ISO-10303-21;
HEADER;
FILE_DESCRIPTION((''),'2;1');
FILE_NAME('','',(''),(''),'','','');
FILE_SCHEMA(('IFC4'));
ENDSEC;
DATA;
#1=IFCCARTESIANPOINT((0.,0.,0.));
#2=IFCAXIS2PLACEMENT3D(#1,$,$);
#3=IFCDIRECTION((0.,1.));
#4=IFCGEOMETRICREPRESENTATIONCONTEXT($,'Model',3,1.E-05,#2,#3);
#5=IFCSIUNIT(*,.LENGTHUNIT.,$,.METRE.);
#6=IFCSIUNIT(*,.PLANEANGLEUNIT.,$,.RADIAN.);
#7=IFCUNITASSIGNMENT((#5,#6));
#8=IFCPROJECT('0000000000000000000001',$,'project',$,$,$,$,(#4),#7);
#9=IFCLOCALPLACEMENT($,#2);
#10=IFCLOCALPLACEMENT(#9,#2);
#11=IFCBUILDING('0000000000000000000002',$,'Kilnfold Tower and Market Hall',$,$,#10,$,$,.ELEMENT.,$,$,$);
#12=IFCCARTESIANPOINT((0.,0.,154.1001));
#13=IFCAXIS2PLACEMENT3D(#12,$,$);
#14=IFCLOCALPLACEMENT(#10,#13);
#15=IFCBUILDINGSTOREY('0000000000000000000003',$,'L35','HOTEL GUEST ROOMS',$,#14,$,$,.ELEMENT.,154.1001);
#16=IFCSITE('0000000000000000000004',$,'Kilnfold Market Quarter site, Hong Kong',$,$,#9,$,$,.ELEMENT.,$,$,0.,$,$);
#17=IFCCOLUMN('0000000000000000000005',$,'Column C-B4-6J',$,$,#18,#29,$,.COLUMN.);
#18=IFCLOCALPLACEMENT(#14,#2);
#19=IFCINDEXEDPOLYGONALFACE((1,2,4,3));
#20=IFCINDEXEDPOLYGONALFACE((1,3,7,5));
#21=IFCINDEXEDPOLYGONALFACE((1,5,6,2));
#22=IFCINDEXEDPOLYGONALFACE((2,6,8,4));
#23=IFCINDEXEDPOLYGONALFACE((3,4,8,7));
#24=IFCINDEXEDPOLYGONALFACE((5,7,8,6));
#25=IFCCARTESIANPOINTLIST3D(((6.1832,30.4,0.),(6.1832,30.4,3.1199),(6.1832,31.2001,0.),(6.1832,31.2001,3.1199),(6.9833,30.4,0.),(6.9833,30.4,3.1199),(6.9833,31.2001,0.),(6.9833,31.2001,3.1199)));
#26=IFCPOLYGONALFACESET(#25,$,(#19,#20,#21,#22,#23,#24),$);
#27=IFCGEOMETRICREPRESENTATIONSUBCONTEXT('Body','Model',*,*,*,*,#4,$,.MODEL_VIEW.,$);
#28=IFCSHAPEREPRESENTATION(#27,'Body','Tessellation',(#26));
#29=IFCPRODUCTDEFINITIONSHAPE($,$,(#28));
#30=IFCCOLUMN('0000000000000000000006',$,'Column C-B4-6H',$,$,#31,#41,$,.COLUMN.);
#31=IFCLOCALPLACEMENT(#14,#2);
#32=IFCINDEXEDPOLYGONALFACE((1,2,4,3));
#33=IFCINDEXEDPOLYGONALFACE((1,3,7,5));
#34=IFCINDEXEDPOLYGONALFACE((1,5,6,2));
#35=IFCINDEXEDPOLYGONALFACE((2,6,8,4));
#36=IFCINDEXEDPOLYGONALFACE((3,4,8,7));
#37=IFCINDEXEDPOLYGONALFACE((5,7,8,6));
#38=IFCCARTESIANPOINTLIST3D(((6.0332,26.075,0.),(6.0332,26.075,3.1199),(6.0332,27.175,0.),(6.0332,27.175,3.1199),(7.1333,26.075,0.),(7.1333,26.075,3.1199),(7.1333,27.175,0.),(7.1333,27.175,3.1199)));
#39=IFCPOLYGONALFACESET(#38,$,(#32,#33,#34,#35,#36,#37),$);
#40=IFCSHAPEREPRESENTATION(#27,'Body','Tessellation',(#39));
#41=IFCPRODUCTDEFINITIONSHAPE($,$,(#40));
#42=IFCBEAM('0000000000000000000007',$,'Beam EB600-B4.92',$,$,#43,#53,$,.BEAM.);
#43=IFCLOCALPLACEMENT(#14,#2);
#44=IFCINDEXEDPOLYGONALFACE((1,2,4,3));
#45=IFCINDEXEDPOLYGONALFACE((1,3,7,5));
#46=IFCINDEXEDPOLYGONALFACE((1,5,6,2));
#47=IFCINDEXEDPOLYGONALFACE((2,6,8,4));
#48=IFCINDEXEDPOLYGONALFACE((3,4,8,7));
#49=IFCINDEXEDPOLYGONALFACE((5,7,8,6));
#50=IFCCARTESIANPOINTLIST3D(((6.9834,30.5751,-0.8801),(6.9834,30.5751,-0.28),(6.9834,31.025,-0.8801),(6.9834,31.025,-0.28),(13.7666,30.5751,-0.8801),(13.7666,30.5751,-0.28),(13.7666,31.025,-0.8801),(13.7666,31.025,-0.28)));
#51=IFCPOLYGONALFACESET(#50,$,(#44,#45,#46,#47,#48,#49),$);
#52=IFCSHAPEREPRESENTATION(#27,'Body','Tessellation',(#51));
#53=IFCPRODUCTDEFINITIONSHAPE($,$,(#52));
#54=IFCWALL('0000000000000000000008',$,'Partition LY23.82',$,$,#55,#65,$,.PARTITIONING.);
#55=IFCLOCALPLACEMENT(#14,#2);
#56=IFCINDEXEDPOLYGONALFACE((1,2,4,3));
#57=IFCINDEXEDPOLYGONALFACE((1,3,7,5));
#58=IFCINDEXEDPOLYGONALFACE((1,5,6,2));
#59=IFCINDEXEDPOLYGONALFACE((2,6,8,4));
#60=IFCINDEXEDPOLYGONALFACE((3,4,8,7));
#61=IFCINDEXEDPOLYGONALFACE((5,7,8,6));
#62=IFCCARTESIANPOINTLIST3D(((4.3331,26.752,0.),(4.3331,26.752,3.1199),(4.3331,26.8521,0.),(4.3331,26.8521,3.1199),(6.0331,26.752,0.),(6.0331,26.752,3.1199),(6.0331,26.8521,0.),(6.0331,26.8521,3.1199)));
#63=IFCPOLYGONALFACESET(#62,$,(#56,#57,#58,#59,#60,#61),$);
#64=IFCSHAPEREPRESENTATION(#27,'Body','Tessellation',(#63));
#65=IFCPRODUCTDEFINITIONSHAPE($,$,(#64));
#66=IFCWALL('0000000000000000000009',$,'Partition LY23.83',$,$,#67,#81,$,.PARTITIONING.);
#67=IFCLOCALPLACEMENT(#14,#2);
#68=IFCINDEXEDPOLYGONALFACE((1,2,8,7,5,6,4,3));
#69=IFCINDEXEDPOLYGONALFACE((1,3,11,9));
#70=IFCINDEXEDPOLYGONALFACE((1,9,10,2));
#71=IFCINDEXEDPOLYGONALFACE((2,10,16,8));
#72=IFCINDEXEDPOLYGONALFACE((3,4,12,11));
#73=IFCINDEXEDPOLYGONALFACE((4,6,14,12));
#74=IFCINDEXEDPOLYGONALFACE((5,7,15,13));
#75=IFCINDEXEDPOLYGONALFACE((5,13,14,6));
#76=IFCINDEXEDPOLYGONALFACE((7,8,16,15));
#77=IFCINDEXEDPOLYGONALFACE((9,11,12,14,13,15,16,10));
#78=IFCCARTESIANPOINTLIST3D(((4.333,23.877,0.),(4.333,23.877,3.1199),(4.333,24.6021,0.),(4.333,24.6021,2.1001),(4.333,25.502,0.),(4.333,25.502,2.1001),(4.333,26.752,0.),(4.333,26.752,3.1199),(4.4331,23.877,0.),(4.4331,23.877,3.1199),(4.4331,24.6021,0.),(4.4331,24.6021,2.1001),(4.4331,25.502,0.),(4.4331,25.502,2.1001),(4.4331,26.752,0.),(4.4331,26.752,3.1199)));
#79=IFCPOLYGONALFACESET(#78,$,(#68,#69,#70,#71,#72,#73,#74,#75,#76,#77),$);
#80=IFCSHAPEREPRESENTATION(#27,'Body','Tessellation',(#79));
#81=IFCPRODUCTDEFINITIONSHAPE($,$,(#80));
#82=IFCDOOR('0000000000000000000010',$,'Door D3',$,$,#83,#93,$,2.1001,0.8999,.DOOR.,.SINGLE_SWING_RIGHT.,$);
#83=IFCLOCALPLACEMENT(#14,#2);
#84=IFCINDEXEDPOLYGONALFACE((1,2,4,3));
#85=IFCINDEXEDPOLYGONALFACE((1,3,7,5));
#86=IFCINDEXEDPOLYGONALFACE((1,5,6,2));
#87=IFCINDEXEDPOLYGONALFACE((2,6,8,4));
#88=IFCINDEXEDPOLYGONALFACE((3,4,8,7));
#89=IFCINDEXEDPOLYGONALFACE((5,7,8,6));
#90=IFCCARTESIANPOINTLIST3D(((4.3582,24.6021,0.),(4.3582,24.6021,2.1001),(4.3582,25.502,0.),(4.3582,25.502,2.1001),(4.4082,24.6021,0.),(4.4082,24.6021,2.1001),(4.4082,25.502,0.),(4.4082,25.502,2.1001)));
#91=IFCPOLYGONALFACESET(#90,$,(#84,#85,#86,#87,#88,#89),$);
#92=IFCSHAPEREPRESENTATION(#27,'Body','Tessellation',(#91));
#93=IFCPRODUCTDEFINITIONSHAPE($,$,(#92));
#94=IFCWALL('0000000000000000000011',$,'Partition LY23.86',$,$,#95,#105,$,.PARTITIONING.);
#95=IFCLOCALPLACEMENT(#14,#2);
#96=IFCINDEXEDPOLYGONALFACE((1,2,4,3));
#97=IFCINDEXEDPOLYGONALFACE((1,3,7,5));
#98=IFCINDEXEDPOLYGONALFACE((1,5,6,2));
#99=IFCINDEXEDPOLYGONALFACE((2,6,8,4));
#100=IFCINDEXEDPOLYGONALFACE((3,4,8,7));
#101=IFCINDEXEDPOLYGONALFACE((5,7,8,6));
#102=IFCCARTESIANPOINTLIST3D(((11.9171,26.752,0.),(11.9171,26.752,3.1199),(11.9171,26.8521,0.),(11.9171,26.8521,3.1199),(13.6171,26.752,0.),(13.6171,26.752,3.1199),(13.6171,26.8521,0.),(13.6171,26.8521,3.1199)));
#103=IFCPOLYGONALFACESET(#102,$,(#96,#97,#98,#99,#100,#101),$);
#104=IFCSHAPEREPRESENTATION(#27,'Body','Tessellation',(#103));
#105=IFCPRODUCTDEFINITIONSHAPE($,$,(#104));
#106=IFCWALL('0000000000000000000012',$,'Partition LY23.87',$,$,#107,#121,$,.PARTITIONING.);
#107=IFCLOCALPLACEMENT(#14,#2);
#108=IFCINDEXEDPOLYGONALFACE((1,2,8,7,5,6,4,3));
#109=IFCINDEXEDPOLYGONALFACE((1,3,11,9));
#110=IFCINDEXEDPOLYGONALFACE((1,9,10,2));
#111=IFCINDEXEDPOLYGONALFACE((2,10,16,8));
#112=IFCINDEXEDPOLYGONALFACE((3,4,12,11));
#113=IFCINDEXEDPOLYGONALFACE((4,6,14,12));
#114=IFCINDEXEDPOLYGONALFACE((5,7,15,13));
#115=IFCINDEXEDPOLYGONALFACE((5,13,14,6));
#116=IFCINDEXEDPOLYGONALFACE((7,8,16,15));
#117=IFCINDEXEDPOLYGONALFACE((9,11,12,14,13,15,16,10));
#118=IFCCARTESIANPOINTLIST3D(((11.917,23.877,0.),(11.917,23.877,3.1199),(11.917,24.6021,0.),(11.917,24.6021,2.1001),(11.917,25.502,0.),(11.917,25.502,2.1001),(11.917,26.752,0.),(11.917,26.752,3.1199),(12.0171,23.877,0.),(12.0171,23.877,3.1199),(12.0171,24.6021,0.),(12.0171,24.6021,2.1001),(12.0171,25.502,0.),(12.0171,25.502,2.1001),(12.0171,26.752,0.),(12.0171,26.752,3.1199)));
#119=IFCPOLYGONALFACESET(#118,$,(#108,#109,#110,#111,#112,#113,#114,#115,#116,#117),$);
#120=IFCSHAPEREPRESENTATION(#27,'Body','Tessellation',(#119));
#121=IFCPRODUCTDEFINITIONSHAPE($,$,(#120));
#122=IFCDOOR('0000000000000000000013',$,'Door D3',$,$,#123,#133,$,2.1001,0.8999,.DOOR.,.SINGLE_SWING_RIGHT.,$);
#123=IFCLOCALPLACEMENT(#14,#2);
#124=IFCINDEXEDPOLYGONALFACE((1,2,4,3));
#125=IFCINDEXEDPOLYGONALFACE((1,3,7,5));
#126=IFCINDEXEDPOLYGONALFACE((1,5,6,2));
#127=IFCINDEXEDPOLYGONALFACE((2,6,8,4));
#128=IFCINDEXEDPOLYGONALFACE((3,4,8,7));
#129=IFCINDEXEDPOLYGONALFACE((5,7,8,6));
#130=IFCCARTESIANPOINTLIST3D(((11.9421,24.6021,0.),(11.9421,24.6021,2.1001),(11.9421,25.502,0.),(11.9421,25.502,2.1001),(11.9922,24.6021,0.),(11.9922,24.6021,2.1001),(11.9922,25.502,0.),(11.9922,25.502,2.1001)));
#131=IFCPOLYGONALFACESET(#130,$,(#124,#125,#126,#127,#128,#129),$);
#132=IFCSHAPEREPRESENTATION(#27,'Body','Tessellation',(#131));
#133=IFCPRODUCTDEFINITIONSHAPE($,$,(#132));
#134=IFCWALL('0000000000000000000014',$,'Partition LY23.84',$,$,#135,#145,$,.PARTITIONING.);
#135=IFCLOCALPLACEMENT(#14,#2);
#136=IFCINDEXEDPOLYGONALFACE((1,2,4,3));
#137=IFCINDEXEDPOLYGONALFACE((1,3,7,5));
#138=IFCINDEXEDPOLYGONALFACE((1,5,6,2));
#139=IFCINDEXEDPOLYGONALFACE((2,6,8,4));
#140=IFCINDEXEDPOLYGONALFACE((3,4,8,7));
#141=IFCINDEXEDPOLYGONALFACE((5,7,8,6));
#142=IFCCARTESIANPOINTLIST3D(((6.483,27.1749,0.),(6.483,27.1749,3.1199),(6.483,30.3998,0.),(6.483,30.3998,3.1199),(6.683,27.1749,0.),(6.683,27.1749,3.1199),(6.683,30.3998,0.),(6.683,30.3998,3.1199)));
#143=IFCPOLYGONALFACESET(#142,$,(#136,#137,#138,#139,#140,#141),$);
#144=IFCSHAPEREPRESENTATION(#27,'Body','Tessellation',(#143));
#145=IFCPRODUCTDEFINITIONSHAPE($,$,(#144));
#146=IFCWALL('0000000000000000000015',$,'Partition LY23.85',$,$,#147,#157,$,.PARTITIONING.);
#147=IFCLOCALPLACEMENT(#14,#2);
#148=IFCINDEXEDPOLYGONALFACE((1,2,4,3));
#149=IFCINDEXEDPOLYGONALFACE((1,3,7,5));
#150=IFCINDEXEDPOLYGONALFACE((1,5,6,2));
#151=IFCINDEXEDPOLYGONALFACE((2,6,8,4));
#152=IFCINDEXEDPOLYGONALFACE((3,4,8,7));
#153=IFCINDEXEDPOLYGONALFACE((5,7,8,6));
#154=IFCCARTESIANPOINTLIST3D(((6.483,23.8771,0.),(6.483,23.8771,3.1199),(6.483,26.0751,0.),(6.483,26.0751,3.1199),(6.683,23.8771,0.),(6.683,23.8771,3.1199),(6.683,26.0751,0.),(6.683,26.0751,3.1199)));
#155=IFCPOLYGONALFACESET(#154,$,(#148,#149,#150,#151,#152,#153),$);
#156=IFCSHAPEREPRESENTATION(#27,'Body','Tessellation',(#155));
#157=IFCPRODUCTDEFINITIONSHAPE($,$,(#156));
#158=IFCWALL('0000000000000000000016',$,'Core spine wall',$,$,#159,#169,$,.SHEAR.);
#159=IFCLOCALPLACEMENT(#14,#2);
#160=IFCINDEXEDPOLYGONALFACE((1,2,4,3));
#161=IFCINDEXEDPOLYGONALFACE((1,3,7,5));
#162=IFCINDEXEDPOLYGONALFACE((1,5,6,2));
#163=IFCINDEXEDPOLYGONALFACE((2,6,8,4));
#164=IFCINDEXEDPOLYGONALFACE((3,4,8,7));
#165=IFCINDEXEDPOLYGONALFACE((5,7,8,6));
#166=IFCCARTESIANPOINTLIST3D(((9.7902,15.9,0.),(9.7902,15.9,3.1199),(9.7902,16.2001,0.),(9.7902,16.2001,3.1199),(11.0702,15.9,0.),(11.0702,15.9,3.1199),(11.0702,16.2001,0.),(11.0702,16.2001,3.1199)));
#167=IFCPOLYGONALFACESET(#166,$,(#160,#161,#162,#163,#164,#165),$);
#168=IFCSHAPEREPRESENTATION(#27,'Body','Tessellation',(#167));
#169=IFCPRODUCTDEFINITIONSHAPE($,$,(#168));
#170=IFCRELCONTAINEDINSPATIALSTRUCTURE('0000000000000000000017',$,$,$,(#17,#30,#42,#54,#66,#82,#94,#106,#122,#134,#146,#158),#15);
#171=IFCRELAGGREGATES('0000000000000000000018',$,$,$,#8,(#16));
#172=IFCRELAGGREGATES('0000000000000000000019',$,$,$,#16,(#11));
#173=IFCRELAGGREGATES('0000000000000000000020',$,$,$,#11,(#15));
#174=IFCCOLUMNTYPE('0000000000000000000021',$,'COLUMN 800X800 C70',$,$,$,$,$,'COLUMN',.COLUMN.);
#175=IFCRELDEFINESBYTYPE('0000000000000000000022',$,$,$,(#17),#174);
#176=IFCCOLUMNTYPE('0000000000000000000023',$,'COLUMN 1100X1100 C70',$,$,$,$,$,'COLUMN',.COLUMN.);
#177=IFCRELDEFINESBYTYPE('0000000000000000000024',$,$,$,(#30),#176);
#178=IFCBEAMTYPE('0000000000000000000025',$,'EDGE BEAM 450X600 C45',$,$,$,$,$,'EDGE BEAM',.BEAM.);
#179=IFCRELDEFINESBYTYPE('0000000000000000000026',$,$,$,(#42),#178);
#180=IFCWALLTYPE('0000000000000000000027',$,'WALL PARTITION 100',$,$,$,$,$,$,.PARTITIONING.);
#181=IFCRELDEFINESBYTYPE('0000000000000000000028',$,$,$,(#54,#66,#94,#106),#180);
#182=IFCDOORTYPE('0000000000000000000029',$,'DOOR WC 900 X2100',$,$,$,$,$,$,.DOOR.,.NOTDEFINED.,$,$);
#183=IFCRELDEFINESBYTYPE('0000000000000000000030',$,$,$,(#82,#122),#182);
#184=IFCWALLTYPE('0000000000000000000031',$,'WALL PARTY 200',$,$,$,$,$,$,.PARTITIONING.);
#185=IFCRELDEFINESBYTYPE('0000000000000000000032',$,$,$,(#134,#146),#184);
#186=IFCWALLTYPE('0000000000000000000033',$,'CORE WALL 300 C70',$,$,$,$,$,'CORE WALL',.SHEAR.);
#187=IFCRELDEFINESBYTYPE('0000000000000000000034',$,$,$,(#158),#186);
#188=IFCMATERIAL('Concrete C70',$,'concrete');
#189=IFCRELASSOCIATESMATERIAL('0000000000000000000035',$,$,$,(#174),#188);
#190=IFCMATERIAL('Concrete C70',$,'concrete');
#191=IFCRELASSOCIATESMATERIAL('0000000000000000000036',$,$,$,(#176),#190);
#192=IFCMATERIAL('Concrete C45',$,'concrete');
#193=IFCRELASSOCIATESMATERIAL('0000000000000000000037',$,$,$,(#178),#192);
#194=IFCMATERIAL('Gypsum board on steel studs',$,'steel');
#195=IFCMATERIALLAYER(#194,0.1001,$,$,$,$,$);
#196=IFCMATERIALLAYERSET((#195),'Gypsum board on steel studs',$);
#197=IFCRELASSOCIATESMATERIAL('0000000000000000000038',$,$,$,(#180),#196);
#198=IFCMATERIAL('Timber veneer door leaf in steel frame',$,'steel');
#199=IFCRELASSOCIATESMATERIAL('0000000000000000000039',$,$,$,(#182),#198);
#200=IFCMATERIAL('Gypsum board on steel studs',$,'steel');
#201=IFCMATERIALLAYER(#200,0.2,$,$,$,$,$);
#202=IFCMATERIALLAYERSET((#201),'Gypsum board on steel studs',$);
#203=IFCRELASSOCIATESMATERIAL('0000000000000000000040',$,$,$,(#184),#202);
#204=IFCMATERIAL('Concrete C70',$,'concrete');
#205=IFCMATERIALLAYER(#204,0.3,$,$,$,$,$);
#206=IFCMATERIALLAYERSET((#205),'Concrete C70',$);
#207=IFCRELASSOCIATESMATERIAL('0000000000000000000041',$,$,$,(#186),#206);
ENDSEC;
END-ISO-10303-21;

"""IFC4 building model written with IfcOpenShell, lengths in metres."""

from ifc_helpers import new_model, si_unit, direction, frame, frame_2d, origin, origin_2d, place, context, subcontext, project, spatial, rectangle, extrude, source, transform, mapped, material, layer, layer_set, material_profile, profile_set, type_object, element, fill, save


model = new_model("IFC4")

# Units and contexts
model_context = context("Model", 3, precision=1e-05, world=origin(), true_north=direction((0.0, 1.0)))
body_context = subcontext(model_context, "Body", "Model", "MODEL_VIEW")
ifc_project = project(units=[si_unit("LENGTHUNIT", "METRE"), si_unit("PLANEANGLEUNIT", "RADIAN")], contexts=[model_context])

# Site, building, storey
site_placement = place(None, origin())
site = spatial("IfcSite", under=ifc_project, at=site_placement, Name="Kilnfold Market Quarter site, Hong Kong", CompositionType="ELEMENT", RefElevation=0.0)
building_placement = place(site_placement, origin())
building = spatial("IfcBuilding", under=site, at=building_placement, Name="Kilnfold Tower and Market Hall", CompositionType="ELEMENT")
storey_placement = place(building_placement, frame((0.0, 0.0, 154.1001)))
storey = spatial("IfcBuildingStorey", under=building, at=storey_placement, Name="L35", Description="HOTEL GUEST ROOMS", CompositionType="ELEMENT", Elevation=154.1001)

# Columns
ifc_material_1 = material(Name="Concrete C70", Category="concrete")
ifc_material_profile_1 = material_profile(ifc_material_1, rectangle(XDim=0.8, YDim=0.8, at=origin_2d()), Name="RC 800x800")
ifc_profile_set_1 = profile_set([ifc_material_profile_1], Name="Concrete C70")
column_type_1 = type_object("IfcColumnType", Name="COLUMN 800X800 C70", ElementType="COLUMN", PredefinedType="COLUMN", material=ifc_profile_set_1)
shared_shape_1 = source(origin(), body_context, "Body", "SweptSolid", [
    extrude(rectangle(XDim=0.8, YDim=0.8, at=origin_2d()), origin(), (0.0, 0.0, 1.0), 3.1199),
])
column_1_placement = place(storey_placement, frame((6.5833, 30.8, 0.0), z_axis=(0.0, 0.0, 1.0), x_axis=(1.0, 0.0, 0.0)))
element("IfcColumn", 1, at=column_1_placement, inside=storey, type_object=column_type_1, Name="Column C-B4-6J", PredefinedType="COLUMN", context=body_context, shape_type="MappedRepresentation", body=[
    mapped(shared_shape_1, transform((0.0, 0.0, 0.0))),
])
ifc_material_2 = material(Name="Concrete C70", Category="concrete")
ifc_material_profile_2 = material_profile(ifc_material_2, rectangle(XDim=1.1001, YDim=1.1001, at=origin_2d()), Name="RC 1100x1100")
ifc_profile_set_2 = profile_set([ifc_material_profile_2], Name="Concrete C70")
column_type_2 = type_object("IfcColumnType", Name="COLUMN 1100X1100 C70", ElementType="COLUMN", PredefinedType="COLUMN", material=ifc_profile_set_2)
shared_shape_2 = source(origin(), body_context, "Body", "SweptSolid", [
    extrude(rectangle(XDim=1.1001, YDim=1.1001, at=origin_2d()), origin(), (0.0, 0.0, 1.0), 3.1199),
])
column_2_placement = place(storey_placement, frame((6.5833, 26.625, 0.0), z_axis=(0.0, 0.0, 1.0), x_axis=(1.0, 0.0, 0.0)))
element("IfcColumn", 2, at=column_2_placement, inside=storey, type_object=column_type_2, Name="Column C-B4-6H", PredefinedType="COLUMN", context=body_context, shape_type="MappedRepresentation", body=[
    mapped(shared_shape_2, transform((0.0, 0.0, 0.0))),
])

# Beam
ifc_material_3 = material(Name="Concrete C45", Category="concrete")
ifc_material_profile_3 = material_profile(ifc_material_3, rectangle(XDim=0.45, YDim=0.6001, at=origin_2d()), Name="RC 450x600")
ifc_profile_set_3 = profile_set([ifc_material_profile_3], Name="Concrete C45")
beam_type = type_object("IfcBeamType", Name="EDGE BEAM 450X600 C45", ElementType="EDGE BEAM", PredefinedType="BEAM", material=ifc_profile_set_3)
shared_shape_3 = source(origin(), body_context, "Body", "SweptSolid", [
    extrude(rectangle(XDim=0.45, YDim=0.6001, at=origin_2d()), origin(), (0.0, 0.0, 1.0), 6.7832),
])
beam_placement = place(storey_placement, frame((6.9834, 30.8, -0.5801), z_axis=(1.0, 0.0, 0.0), x_axis=(0.0, 1.0, 0.0)))
element("IfcBeam", 3, at=beam_placement, inside=storey, type_object=beam_type, Name="Beam EB600-B4.92", PredefinedType="BEAM", context=body_context, shape_type="MappedRepresentation", body=[
    mapped(shared_shape_3, transform((0.0, 0.0, 0.0))),
])

# Wall
ifc_material_4 = material(Name="Gypsum board on steel studs", Category="steel")
ifc_layer_1 = layer(ifc_material_4, 0.1001)
ifc_layer_set_1 = layer_set([ifc_layer_1], Name="Gypsum board on steel studs")
wall_type_1 = type_object("IfcWallType", Name="WALL PARTITION 100", PredefinedType="PARTITIONING", material=ifc_layer_set_1)
wall_1_placement = place(storey_placement, frame((4.333, 26.802, 0.0), z_axis=(0.0, 0.0, 1.0), x_axis=(1.0, 0.0, 0.0)))
element("IfcWall", 4, at=wall_1_placement, inside=storey, type_object=wall_type_1, Name="Partition LY23.82", PredefinedType="PARTITIONING", context=body_context, shape_type="SweptSolid", body=[
    extrude(rectangle(XDim=1.7, YDim=0.1001, at=frame_2d((0.8501, 0.0))), origin(), (0.0, 0.0, 1.0), 3.1199),
])

# Wall, opening, door
wall_2_placement = place(storey_placement, frame((4.3831, 23.877, 0.0), z_axis=(0.0, 0.0, 1.0), x_axis=(0.0, 1.0, 0.0)))
wall_2 = element("IfcWall", 5, at=wall_2_placement, inside=storey, type_object=wall_type_1, Name="Partition LY23.83", PredefinedType="PARTITIONING", context=body_context, shape_type="SweptSolid", body=[
    extrude(rectangle(XDim=2.875, YDim=0.1001, at=frame_2d((1.4375, 0.0))), origin(), (0.0, 0.0, 1.0), 3.1199),
])
opening_1_placement = place(wall_2_placement, frame((0.7251, 0.0, 0.0)))
opening_1 = element("IfcOpeningElement", 6, at=opening_1_placement, cuts=wall_2, PredefinedType="OPENING", context=body_context, shape_type="SweptSolid", body=[
    extrude(rectangle(XDim=0.8999, YDim=2.1001, at=frame_2d((0.45, 1.05))), frame((0.0, 0.0601, 0.0), z_axis=(0.0, -1.0, 0.0), x_axis=(1.0, 0.0, 0.0)), (0.0, 0.0, 1.0), 0.1201),
])
ifc_material_5 = material(Name="Timber veneer door leaf in steel frame", Category="steel")
door_type_1 = type_object("IfcDoorType", Name="DOOR WC 900 X2100", OperationType="NOTDEFINED", PredefinedType="DOOR", material=ifc_material_5)
door_1_placement = place(opening_1_placement, origin())
door_1 = element("IfcDoor", 7, at=door_1_placement, inside=storey, type_object=door_type_1, Name="Door D3", OperationType="SINGLE_SWING_RIGHT", OverallHeight=2.1001, OverallWidth=0.8999, PredefinedType="DOOR", context=body_context, shape_type="SweptSolid", body=[
    extrude(rectangle(XDim=0.8999, YDim=2.1001, at=frame_2d((0.45, 1.05))), frame((0.0, 0.0249, 0.0), z_axis=(0.0, -1.0, 0.0), x_axis=(1.0, 0.0, 0.0)), (0.0, 0.0, 1.0), 0.05),
])
fill(opening_1, door_1)

# Wall
wall_3_placement = place(storey_placement, frame((11.917, 26.802, 0.0), z_axis=(0.0, 0.0, 1.0), x_axis=(1.0, 0.0, 0.0)))
element("IfcWall", 8, at=wall_3_placement, inside=storey, type_object=wall_type_1, Name="Partition LY23.86", PredefinedType="PARTITIONING", context=body_context, shape_type="SweptSolid", body=[
    extrude(rectangle(XDim=1.7, YDim=0.1001, at=frame_2d((0.8501, 0.0))), origin(), (0.0, 0.0, 1.0), 3.1199),
])

# Wall, opening, door
wall_4_placement = place(storey_placement, frame((11.967, 23.877, 0.0), z_axis=(0.0, 0.0, 1.0), x_axis=(0.0, 1.0, 0.0)))
wall_4 = element("IfcWall", 9, at=wall_4_placement, inside=storey, type_object=wall_type_1, Name="Partition LY23.87", PredefinedType="PARTITIONING", context=body_context, shape_type="SweptSolid", body=[
    extrude(rectangle(XDim=2.875, YDim=0.1001, at=frame_2d((1.4375, 0.0))), origin(), (0.0, 0.0, 1.0), 3.1199),
])
opening_2_placement = place(wall_4_placement, frame((0.7251, 0.0, 0.0)))
opening_2 = element("IfcOpeningElement", 10, at=opening_2_placement, cuts=wall_4, PredefinedType="OPENING", context=body_context, shape_type="SweptSolid", body=[
    extrude(rectangle(XDim=0.8999, YDim=2.1001, at=frame_2d((0.45, 1.05))), frame((0.0, 0.0601, 0.0), z_axis=(0.0, -1.0, 0.0), x_axis=(1.0, 0.0, 0.0)), (0.0, 0.0, 1.0), 0.1201),
])
door_2_placement = place(opening_2_placement, origin())
door_2 = element("IfcDoor", 11, at=door_2_placement, inside=storey, type_object=door_type_1, Name="Door D3", OperationType="SINGLE_SWING_RIGHT", OverallHeight=2.1001, OverallWidth=0.8999, PredefinedType="DOOR", context=body_context, shape_type="SweptSolid", body=[
    extrude(rectangle(XDim=0.8999, YDim=2.1001, at=frame_2d((0.45, 1.05))), frame((0.0, 0.0249, 0.0), z_axis=(0.0, -1.0, 0.0), x_axis=(1.0, 0.0, 0.0)), (0.0, 0.0, 1.0), 0.05),
])
fill(opening_2, door_2)

# Walls
ifc_material_6 = material(Name="Gypsum board on steel studs", Category="steel")
ifc_layer_2 = layer(ifc_material_6, 0.2)
ifc_layer_set_2 = layer_set([ifc_layer_2], Name="Gypsum board on steel studs")
wall_type_2 = type_object("IfcWallType", Name="WALL PARTY 200", PredefinedType="PARTITIONING", material=ifc_layer_set_2)
wall_5_placement = place(storey_placement, frame((6.583, 27.175, 0.0), z_axis=(0.0, 0.0, 1.0), x_axis=(0.0, 1.0, 0.0)))
element("IfcWall", 12, at=wall_5_placement, inside=storey, type_object=wall_type_2, Name="Partition LY23.84", PredefinedType="PARTITIONING", context=body_context, shape_type="SweptSolid", body=[
    extrude(rectangle(XDim=3.2249, YDim=0.2, at=frame_2d((1.6123, 0.0))), origin(), (0.0, 0.0, 1.0), 3.1199),
])
wall_6_placement = place(storey_placement, frame((6.583, 23.877, 0.0), z_axis=(0.0, 0.0, 1.0), x_axis=(0.0, 1.0, 0.0)))
element("IfcWall", 13, at=wall_6_placement, inside=storey, type_object=wall_type_2, Name="Partition LY23.85", PredefinedType="PARTITIONING", context=body_context, shape_type="SweptSolid", body=[
    extrude(rectangle(XDim=2.198, YDim=0.2, at=frame_2d((1.0991, 0.0))), origin(), (0.0, 0.0, 1.0), 3.1199),
])
ifc_material_7 = material(Name="Concrete C70", Category="concrete")
ifc_layer_3 = layer(ifc_material_7, 0.3)
ifc_layer_set_3 = layer_set([ifc_layer_3], Name="Concrete C70")
wall_type_3 = type_object("IfcWallType", Name="CORE WALL 300 C70", ElementType="CORE WALL", PredefinedType="SHEAR", material=ifc_layer_set_3)
shared_shape_4 = source(origin(), body_context, "Body", "SweptSolid", [
    extrude(rectangle(XDim=1.28, YDim=0.3, at=frame_2d((0.6401, 0.0))), origin(), (0.0, 0.0, 1.0), 3.1199),
])
wall_7_placement = place(storey_placement, frame((9.79, 16.05, 0.0), z_axis=(0.0, 0.0, 1.0), x_axis=(1.0, 0.0, 0.0)))
element("IfcWall", 14, at=wall_7_placement, inside=storey, type_object=wall_type_3, Name="Core spine wall", PredefinedType="SHEAR", context=body_context, shape_type="MappedRepresentation", body=[
    mapped(shared_shape_4, transform((0.0, 0.0, 0.0))),
])

save(model, "model.ifc")
